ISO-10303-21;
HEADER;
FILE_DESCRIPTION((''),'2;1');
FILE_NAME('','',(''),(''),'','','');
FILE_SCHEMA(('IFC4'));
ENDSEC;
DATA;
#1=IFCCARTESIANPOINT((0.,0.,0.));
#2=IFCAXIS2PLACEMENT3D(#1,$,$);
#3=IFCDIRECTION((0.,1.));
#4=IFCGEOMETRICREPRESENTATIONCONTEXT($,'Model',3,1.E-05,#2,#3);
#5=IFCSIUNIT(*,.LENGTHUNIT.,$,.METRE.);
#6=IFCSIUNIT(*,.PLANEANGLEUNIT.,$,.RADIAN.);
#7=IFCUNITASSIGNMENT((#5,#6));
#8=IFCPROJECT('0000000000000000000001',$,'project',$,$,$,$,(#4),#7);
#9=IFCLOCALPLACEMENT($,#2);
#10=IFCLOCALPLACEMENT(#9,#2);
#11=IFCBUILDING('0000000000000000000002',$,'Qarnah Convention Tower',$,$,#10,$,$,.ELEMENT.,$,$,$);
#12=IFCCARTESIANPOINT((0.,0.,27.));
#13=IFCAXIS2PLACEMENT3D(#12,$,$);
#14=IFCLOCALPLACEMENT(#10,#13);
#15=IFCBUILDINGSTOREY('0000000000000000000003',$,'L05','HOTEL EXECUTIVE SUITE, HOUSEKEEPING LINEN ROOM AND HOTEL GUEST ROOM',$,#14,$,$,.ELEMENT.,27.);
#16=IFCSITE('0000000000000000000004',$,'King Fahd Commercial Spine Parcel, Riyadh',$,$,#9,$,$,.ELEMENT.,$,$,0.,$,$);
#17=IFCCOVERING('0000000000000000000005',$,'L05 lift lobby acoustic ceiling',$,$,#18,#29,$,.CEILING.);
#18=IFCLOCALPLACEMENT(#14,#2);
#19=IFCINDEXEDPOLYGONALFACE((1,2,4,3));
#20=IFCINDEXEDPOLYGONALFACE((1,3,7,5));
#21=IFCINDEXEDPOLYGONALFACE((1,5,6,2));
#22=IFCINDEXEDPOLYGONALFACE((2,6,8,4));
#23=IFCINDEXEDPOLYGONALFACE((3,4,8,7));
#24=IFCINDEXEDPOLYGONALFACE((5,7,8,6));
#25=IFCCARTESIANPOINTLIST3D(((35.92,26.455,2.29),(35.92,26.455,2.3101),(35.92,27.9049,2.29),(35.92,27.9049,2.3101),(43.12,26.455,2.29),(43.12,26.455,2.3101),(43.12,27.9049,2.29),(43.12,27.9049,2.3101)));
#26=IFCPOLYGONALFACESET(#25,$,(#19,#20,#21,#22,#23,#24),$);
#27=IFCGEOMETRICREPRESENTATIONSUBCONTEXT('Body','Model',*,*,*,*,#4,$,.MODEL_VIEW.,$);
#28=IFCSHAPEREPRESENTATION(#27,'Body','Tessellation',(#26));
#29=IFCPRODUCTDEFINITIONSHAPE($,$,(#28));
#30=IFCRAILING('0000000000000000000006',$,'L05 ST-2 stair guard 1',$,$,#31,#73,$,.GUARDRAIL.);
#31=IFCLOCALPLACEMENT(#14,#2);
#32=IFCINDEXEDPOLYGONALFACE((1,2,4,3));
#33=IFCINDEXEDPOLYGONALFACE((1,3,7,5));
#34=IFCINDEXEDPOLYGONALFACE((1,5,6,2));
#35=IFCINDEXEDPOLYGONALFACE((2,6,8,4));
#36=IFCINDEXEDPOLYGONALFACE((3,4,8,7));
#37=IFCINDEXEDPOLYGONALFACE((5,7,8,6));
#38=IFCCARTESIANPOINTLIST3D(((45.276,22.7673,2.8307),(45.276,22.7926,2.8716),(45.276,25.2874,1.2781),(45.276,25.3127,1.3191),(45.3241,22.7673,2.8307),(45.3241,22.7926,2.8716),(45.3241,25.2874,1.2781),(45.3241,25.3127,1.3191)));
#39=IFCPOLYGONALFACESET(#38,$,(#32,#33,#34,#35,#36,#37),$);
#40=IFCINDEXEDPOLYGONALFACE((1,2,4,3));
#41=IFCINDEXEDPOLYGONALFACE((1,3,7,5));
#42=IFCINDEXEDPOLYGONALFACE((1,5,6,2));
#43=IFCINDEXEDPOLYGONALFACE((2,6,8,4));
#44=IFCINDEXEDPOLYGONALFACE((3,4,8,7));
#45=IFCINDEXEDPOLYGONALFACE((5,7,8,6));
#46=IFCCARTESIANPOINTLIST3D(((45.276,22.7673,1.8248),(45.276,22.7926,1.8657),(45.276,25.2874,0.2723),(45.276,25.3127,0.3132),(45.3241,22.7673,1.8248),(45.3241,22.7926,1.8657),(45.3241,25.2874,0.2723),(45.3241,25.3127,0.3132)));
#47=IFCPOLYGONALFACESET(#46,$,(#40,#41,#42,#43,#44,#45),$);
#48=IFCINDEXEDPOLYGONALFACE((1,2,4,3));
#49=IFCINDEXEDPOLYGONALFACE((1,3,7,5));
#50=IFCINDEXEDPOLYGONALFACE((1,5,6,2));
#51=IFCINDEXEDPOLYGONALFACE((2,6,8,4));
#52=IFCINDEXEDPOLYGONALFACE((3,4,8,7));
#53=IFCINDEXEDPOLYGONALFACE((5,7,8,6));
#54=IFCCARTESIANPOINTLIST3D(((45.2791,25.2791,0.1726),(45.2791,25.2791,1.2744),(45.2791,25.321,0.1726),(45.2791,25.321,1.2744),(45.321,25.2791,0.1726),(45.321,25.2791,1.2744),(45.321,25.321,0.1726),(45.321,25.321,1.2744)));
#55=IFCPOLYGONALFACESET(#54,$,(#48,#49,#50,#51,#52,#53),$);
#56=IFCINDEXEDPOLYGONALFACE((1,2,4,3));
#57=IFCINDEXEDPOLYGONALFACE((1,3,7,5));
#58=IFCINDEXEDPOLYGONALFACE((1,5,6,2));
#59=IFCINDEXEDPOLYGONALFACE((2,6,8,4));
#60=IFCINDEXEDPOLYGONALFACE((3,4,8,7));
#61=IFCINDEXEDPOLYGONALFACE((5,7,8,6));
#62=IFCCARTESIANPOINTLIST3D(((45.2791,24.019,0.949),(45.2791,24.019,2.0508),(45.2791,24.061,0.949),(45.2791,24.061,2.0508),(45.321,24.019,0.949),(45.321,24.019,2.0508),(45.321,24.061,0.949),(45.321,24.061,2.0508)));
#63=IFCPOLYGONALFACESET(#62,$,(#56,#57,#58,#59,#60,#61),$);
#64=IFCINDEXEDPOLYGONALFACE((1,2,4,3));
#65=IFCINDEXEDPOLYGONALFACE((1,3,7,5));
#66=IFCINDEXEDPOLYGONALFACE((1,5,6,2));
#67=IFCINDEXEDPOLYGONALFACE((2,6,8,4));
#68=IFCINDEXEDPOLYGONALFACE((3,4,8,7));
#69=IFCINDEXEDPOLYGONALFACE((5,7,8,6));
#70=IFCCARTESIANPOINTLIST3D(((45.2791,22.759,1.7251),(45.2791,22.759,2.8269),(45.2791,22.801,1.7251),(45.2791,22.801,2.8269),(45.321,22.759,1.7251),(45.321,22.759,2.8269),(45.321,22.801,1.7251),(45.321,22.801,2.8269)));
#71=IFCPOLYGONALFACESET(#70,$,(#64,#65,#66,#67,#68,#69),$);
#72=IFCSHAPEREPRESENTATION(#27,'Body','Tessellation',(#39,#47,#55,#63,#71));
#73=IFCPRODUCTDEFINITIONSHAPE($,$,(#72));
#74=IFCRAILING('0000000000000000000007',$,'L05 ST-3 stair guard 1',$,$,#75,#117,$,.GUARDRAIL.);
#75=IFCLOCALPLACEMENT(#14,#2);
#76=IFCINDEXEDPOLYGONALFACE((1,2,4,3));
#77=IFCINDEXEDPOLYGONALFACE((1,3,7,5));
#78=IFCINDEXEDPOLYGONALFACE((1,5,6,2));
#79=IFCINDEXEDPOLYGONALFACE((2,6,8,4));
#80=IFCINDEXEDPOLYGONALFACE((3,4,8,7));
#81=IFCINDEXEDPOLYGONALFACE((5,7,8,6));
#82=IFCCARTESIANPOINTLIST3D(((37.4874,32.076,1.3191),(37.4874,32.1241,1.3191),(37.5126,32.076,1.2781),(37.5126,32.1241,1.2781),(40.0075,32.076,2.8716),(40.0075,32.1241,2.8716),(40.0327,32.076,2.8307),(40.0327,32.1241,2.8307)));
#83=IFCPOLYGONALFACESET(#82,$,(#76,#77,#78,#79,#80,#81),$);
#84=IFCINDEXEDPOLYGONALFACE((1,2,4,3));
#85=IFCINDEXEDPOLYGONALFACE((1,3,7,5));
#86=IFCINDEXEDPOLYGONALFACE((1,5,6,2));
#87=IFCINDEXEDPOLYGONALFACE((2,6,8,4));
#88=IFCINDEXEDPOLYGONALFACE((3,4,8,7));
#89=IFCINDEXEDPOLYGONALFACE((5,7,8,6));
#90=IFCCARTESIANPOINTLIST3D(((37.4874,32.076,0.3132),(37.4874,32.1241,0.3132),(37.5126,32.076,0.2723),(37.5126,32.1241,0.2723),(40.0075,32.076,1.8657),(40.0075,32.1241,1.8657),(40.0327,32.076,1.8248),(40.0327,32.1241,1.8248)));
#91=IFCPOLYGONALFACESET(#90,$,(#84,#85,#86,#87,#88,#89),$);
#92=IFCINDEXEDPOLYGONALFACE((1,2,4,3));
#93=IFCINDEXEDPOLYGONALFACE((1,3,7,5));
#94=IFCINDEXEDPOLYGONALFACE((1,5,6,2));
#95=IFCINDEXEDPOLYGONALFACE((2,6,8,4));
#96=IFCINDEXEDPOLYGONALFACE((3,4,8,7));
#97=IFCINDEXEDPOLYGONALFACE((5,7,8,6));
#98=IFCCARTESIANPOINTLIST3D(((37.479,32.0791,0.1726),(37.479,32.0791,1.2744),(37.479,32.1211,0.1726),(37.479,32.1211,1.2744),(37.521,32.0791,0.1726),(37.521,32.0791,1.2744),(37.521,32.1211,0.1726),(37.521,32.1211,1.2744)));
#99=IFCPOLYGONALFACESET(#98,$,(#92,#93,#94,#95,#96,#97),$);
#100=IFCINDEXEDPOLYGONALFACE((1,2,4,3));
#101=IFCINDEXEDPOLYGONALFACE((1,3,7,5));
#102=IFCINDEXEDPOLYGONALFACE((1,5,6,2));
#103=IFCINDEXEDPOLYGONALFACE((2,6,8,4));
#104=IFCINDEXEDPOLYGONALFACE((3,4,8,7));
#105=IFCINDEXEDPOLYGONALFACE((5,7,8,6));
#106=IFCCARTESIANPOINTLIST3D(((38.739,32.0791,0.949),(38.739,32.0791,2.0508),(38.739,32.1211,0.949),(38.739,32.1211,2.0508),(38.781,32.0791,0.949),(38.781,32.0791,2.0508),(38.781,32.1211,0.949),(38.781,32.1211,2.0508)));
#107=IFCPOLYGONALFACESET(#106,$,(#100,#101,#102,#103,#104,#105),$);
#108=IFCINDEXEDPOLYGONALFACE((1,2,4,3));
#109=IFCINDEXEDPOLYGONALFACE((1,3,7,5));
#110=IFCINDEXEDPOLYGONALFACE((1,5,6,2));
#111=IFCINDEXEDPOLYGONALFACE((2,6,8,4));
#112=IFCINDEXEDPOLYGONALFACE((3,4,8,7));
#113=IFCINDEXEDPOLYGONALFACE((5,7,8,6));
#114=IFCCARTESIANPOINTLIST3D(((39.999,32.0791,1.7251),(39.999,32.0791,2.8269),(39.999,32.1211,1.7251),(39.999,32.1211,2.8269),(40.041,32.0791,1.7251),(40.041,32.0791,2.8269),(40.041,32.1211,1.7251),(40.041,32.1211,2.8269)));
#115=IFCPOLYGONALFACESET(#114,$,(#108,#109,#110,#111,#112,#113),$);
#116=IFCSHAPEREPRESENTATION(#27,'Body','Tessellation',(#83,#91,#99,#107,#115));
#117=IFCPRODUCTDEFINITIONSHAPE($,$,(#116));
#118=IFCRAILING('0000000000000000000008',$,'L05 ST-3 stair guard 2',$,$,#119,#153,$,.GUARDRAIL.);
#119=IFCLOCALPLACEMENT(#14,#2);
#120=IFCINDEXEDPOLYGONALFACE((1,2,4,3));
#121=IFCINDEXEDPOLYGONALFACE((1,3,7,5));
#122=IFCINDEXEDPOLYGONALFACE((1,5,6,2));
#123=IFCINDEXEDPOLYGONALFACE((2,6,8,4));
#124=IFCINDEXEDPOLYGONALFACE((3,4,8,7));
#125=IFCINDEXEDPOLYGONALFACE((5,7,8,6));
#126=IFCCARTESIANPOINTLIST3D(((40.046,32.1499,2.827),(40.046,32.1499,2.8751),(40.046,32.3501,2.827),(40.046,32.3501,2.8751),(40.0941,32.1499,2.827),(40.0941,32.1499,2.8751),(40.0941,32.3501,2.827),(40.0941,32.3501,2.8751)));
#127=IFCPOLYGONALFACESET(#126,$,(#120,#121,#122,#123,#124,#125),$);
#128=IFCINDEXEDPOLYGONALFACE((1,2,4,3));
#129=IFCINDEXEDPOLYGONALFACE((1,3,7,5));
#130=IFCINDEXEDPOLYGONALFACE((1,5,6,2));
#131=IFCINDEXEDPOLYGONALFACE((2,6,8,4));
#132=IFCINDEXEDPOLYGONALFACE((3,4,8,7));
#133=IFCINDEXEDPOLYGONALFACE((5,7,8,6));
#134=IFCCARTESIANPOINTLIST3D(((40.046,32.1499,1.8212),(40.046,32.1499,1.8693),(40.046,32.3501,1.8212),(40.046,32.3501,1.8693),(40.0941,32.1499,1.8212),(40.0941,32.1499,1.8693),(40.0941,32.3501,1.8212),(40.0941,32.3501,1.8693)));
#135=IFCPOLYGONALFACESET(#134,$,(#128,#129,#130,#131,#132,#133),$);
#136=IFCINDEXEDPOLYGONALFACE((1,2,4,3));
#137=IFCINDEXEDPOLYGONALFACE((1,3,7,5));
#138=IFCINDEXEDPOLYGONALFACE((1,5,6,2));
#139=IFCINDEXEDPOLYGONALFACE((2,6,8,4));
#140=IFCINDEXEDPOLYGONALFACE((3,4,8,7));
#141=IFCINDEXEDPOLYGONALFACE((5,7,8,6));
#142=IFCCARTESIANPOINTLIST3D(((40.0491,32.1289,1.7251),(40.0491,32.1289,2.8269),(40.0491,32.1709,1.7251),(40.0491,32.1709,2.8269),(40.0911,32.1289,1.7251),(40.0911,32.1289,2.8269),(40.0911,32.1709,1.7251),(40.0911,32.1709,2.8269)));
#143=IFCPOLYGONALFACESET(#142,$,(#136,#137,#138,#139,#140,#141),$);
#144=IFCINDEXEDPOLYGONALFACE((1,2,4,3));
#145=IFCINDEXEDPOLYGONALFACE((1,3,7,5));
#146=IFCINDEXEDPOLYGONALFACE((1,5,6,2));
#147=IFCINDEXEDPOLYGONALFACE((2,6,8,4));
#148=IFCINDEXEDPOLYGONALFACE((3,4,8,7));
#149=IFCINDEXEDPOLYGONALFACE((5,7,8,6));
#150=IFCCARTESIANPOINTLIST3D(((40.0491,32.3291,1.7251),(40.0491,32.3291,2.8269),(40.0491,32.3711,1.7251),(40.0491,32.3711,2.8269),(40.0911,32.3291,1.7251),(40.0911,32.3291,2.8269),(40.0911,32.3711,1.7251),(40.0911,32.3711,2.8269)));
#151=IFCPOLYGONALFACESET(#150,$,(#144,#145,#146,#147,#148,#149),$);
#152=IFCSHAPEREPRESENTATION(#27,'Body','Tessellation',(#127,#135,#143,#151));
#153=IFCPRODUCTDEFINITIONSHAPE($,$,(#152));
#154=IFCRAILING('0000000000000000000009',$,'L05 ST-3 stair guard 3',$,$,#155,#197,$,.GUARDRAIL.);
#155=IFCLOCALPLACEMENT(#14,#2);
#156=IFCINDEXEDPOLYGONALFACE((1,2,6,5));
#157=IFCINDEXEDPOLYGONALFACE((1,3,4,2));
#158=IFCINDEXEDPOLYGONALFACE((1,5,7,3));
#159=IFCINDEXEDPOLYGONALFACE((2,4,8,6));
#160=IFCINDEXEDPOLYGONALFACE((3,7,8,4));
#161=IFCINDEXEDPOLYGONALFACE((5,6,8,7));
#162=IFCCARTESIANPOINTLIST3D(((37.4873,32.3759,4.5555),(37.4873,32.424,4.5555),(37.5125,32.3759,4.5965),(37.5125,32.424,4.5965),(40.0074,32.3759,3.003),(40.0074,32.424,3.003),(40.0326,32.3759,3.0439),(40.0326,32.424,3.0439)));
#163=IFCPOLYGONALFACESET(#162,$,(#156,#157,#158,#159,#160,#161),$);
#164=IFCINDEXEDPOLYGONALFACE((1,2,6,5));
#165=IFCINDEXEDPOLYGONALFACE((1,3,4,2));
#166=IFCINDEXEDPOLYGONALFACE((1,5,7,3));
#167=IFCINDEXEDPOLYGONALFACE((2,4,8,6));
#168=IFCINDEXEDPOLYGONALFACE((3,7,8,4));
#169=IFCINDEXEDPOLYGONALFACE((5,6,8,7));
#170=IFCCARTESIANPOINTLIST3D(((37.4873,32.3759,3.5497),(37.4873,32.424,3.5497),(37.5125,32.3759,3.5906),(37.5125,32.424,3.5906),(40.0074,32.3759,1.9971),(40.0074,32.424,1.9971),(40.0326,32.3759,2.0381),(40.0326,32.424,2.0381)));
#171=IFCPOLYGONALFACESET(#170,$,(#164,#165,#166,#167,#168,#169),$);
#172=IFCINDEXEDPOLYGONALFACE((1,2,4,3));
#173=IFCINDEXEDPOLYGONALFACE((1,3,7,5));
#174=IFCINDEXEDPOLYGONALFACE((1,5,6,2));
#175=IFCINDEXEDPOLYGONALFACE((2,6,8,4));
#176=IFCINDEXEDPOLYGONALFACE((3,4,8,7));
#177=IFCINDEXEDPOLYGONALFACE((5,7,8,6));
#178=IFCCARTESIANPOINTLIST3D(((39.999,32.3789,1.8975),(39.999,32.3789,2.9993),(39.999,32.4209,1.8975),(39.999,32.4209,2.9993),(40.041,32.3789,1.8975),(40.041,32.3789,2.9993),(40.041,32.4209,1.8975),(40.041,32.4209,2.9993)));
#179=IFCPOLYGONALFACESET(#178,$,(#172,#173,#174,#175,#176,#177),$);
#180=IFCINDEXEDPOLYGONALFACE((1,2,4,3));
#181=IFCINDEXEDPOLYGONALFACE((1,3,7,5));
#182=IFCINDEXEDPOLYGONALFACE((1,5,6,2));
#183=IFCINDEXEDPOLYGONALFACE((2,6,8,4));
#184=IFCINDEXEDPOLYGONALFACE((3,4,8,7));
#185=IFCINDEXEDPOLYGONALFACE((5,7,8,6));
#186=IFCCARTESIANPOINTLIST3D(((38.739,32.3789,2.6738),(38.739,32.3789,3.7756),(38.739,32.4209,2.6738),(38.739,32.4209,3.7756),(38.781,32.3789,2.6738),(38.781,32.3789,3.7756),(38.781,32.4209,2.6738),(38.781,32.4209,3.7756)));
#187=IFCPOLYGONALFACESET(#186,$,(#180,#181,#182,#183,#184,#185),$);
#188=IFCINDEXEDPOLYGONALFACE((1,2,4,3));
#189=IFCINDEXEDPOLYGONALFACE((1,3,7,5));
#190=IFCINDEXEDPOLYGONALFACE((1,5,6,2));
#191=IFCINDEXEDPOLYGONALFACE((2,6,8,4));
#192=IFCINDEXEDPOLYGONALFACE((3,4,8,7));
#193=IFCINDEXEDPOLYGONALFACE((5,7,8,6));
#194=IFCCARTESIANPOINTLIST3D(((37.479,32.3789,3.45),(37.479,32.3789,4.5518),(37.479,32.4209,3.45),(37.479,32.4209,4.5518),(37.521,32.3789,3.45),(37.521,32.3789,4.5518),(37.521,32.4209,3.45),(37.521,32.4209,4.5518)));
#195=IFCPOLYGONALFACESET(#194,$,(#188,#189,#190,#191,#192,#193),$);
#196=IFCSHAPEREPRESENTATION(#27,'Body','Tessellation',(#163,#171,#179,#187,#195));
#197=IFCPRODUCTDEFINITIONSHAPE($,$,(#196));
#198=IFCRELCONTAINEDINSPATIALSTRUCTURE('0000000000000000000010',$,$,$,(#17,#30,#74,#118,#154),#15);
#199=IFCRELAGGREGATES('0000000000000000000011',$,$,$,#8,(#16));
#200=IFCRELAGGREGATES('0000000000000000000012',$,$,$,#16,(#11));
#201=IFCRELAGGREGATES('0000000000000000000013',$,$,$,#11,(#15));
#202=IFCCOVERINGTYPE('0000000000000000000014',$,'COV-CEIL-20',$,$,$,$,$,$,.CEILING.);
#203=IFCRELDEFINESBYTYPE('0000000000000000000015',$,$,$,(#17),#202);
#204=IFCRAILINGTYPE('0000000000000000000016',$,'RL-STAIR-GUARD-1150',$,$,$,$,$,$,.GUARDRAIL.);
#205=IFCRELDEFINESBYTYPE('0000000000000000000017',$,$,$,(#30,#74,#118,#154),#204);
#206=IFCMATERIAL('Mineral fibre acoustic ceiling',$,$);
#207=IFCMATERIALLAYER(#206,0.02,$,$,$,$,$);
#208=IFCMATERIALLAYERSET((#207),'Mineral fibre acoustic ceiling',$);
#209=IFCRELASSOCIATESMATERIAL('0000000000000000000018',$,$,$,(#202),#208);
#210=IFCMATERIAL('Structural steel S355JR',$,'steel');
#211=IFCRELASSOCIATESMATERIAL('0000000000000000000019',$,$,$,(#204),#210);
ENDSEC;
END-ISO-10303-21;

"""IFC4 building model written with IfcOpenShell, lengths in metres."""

from ifc_helpers import new_model, si_unit, direction, frame, origin, origin_2d, place, context, subcontext, project, spatial, rectangle, extrude, material, layer, layer_set, type_object, element, save


model = new_model("IFC4")

# Units and contexts
model_context = context("Model", 3, precision=1e-05, world=origin(), true_north=direction((0.0, 1.0)))
body_context = subcontext(model_context, "Body", "Model", "MODEL_VIEW")
ifc_project = project(units=[si_unit("LENGTHUNIT", "METRE"), si_unit("PLANEANGLEUNIT", "RADIAN")], contexts=[model_context])

# Site, building, storey
site_placement = place(None, origin())
site = spatial("IfcSite", under=ifc_project, at=site_placement, Name="King Fahd Commercial Spine Parcel, Riyadh", CompositionType="ELEMENT", RefElevation=0.0)
building_placement = place(site_placement, origin())
building = spatial("IfcBuilding", under=site, at=building_placement, Name="Qarnah Convention Tower", CompositionType="ELEMENT")
storey_placement = place(building_placement, frame((0.0, 0.0, 27.0)))
storey = spatial("IfcBuildingStorey", under=building, at=storey_placement, Name="L05", Description="HOTEL EXECUTIVE SUITE, HOUSEKEEPING LINEN ROOM AND HOTEL GUEST ROOM", CompositionType="ELEMENT", Elevation=27.0)

# Shared definitions
ifc_material_1 = material(Name="Structural steel S355JR", Category="steel")

# Covering
ifc_material_2 = material(Name="Mineral fibre acoustic ceiling")
ifc_layer_1 = layer(ifc_material_2, 0.02)
ifc_layer_set_1 = layer_set([ifc_layer_1], Name="Mineral fibre acoustic ceiling")
covering_type = type_object("IfcCoveringType", Name="COV-CEIL-20", PredefinedType="CEILING", material=ifc_layer_set_1)
covering_placement = place(storey_placement, frame((39.52, 27.1799, 2.29), z_axis=(0.0, 0.0, 1.0), x_axis=(1.0, 0.0, 0.0)))
element("IfcCovering", 1, at=covering_placement, inside=storey, type_object=covering_type, Name="L05 lift lobby acoustic ceiling", PredefinedType="CEILING", context=body_context, shape_type="SweptSolid", body=[
    extrude(rectangle(XDim=7.2, YDim=1.45, at=origin_2d()), origin(), (0.0, 0.0, 1.0), 0.02),
])

# Railings
railing_type_1 = type_object("IfcRailingType", Name="RL-STAIR-GUARD-1150", PredefinedType="GUARDRAIL", material=ifc_material_1)
railing_1_placement = place(storey_placement, frame((45.3, 25.3, 0.1726)))
element("IfcRailing", 2, at=railing_1_placement, inside=storey, type_object=railing_type_1, Name="L05 ST-2 stair guard 1", PredefinedType="GUARDRAIL", context=body_context, shape_type="SweptSolid", body=[
    extrude(rectangle(XDim=0.0481, YDim=0.0481, at=origin_2d()), frame((0.0, 0.0, 1.126), z_axis=(0.0, -0.8514, 0.524516), x_axis=(1.0, 0.0, 0.0)), (0.0, 0.0, 1.0), 2.96),
    extrude(rectangle(XDim=0.0481, YDim=0.0481, at=origin_2d()), frame((0.0, 0.0, 0.1201), z_axis=(0.0, -0.8514, 0.524516), x_axis=(1.0, 0.0, 0.0)), (0.0, 0.0, 1.0), 2.96),
    extrude(rectangle(XDim=0.042, YDim=0.042, at=origin_2d()), origin(), (0.0, 0.0, 1.0), 1.1018),
    extrude(rectangle(XDim=0.042, YDim=0.042, at=origin_2d()), frame((0.0, -1.26, 0.7764)), (0.0, 0.0, 1.0), 1.1018),
    extrude(rectangle(XDim=0.042, YDim=0.042, at=origin_2d()), frame((0.0, -2.52, 1.5525)), (0.0, 0.0, 1.0), 1.1018),
])
railing_2_placement = place(storey_placement, frame((37.5, 32.1001, 0.1726)))
element("IfcRailing", 3, at=railing_2_placement, inside=storey, type_object=railing_type_1, Name="L05 ST-3 stair guard 1", PredefinedType="GUARDRAIL", context=body_context, shape_type="SweptSolid", body=[
    extrude(rectangle(XDim=0.0481, YDim=0.0481, at=origin_2d()), frame((0.0, 0.0, 1.126), z_axis=(0.8514, 0.0, 0.524516), x_axis=(0.0, 1.0, 0.0)), (0.0, 0.0, 1.0), 2.96),
    extrude(rectangle(XDim=0.0481, YDim=0.0481, at=origin_2d()), frame((0.0, 0.0, 0.1201), z_axis=(0.8514, 0.0, 0.524516), x_axis=(0.0, 1.0, 0.0)), (0.0, 0.0, 1.0), 2.96),
    extrude(rectangle(XDim=0.042, YDim=0.042, at=origin_2d()), origin(), (0.0, 0.0, 1.0), 1.1018),
    extrude(rectangle(XDim=0.042, YDim=0.042, at=origin_2d()), frame((1.26, 0.0, 0.7764)), (0.0, 0.0, 1.0), 1.1018),
    extrude(rectangle(XDim=0.042, YDim=0.042, at=origin_2d()), frame((2.52, 0.0, 1.5525)), (0.0, 0.0, 1.0), 1.1018),
])
railing_3_placement = place(storey_placement, frame((40.0701, 32.1499, 1.7251)))
element("IfcRailing", 4, at=railing_3_placement, inside=storey, type_object=railing_type_1, Name="L05 ST-3 stair guard 2", PredefinedType="GUARDRAIL", context=body_context, shape_type="SweptSolid", body=[
    extrude(rectangle(XDim=0.0481, YDim=0.0481, at=origin_2d()), frame((0.0, 0.0, 1.126), z_axis=(0.0, 1.0, 0.0), x_axis=(-1.0, 0.0, 0.0)), (0.0, 0.0, 1.0), 0.2002),
    extrude(rectangle(XDim=0.0481, YDim=0.0481, at=origin_2d()), frame((0.0, 0.0, 0.1201), z_axis=(0.0, 1.0, 0.0), x_axis=(-1.0, 0.0, 0.0)), (0.0, 0.0, 1.0), 0.2002),
    extrude(rectangle(XDim=0.042, YDim=0.042, at=origin_2d()), origin(), (0.0, 0.0, 1.0), 1.1018),
    extrude(rectangle(XDim=0.042, YDim=0.042, at=origin_2d()), frame((0.0, 0.2002, 0.0)), (0.0, 0.0, 1.0), 1.1018),
])
railing_4_placement = place(storey_placement, frame((40.02, 32.3999, 1.8975)))
element("IfcRailing", 5, at=railing_4_placement, inside=storey, type_object=railing_type_1, Name="L05 ST-3 stair guard 3", PredefinedType="GUARDRAIL", context=body_context, shape_type="SweptSolid", body=[
    extrude(rectangle(XDim=0.0481, YDim=0.0481, at=origin_2d()), frame((0.0, 0.0, 1.126), z_axis=(-0.8514, 0.0, 0.524516), x_axis=(0.0, -1.0, 0.0)), (0.0, 0.0, 1.0), 2.96),
    extrude(rectangle(XDim=0.0481, YDim=0.0481, at=origin_2d()), frame((0.0, 0.0, 0.1201), z_axis=(-0.8514, 0.0, 0.524516), x_axis=(0.0, -1.0, 0.0)), (0.0, 0.0, 1.0), 2.96),
    extrude(rectangle(XDim=0.042, YDim=0.042, at=origin_2d()), origin(), (0.0, 0.0, 1.0), 1.1018),
    extrude(rectangle(XDim=0.042, YDim=0.042, at=origin_2d()), frame((-1.26, 0.0, 0.7764)), (0.0, 0.0, 1.0), 1.1018),
    extrude(rectangle(XDim=0.042, YDim=0.042, at=origin_2d()), frame((-2.52, 0.0, 1.5525)), (0.0, 0.0, 1.0), 1.1018),
])

save(model, "model.ifc")
